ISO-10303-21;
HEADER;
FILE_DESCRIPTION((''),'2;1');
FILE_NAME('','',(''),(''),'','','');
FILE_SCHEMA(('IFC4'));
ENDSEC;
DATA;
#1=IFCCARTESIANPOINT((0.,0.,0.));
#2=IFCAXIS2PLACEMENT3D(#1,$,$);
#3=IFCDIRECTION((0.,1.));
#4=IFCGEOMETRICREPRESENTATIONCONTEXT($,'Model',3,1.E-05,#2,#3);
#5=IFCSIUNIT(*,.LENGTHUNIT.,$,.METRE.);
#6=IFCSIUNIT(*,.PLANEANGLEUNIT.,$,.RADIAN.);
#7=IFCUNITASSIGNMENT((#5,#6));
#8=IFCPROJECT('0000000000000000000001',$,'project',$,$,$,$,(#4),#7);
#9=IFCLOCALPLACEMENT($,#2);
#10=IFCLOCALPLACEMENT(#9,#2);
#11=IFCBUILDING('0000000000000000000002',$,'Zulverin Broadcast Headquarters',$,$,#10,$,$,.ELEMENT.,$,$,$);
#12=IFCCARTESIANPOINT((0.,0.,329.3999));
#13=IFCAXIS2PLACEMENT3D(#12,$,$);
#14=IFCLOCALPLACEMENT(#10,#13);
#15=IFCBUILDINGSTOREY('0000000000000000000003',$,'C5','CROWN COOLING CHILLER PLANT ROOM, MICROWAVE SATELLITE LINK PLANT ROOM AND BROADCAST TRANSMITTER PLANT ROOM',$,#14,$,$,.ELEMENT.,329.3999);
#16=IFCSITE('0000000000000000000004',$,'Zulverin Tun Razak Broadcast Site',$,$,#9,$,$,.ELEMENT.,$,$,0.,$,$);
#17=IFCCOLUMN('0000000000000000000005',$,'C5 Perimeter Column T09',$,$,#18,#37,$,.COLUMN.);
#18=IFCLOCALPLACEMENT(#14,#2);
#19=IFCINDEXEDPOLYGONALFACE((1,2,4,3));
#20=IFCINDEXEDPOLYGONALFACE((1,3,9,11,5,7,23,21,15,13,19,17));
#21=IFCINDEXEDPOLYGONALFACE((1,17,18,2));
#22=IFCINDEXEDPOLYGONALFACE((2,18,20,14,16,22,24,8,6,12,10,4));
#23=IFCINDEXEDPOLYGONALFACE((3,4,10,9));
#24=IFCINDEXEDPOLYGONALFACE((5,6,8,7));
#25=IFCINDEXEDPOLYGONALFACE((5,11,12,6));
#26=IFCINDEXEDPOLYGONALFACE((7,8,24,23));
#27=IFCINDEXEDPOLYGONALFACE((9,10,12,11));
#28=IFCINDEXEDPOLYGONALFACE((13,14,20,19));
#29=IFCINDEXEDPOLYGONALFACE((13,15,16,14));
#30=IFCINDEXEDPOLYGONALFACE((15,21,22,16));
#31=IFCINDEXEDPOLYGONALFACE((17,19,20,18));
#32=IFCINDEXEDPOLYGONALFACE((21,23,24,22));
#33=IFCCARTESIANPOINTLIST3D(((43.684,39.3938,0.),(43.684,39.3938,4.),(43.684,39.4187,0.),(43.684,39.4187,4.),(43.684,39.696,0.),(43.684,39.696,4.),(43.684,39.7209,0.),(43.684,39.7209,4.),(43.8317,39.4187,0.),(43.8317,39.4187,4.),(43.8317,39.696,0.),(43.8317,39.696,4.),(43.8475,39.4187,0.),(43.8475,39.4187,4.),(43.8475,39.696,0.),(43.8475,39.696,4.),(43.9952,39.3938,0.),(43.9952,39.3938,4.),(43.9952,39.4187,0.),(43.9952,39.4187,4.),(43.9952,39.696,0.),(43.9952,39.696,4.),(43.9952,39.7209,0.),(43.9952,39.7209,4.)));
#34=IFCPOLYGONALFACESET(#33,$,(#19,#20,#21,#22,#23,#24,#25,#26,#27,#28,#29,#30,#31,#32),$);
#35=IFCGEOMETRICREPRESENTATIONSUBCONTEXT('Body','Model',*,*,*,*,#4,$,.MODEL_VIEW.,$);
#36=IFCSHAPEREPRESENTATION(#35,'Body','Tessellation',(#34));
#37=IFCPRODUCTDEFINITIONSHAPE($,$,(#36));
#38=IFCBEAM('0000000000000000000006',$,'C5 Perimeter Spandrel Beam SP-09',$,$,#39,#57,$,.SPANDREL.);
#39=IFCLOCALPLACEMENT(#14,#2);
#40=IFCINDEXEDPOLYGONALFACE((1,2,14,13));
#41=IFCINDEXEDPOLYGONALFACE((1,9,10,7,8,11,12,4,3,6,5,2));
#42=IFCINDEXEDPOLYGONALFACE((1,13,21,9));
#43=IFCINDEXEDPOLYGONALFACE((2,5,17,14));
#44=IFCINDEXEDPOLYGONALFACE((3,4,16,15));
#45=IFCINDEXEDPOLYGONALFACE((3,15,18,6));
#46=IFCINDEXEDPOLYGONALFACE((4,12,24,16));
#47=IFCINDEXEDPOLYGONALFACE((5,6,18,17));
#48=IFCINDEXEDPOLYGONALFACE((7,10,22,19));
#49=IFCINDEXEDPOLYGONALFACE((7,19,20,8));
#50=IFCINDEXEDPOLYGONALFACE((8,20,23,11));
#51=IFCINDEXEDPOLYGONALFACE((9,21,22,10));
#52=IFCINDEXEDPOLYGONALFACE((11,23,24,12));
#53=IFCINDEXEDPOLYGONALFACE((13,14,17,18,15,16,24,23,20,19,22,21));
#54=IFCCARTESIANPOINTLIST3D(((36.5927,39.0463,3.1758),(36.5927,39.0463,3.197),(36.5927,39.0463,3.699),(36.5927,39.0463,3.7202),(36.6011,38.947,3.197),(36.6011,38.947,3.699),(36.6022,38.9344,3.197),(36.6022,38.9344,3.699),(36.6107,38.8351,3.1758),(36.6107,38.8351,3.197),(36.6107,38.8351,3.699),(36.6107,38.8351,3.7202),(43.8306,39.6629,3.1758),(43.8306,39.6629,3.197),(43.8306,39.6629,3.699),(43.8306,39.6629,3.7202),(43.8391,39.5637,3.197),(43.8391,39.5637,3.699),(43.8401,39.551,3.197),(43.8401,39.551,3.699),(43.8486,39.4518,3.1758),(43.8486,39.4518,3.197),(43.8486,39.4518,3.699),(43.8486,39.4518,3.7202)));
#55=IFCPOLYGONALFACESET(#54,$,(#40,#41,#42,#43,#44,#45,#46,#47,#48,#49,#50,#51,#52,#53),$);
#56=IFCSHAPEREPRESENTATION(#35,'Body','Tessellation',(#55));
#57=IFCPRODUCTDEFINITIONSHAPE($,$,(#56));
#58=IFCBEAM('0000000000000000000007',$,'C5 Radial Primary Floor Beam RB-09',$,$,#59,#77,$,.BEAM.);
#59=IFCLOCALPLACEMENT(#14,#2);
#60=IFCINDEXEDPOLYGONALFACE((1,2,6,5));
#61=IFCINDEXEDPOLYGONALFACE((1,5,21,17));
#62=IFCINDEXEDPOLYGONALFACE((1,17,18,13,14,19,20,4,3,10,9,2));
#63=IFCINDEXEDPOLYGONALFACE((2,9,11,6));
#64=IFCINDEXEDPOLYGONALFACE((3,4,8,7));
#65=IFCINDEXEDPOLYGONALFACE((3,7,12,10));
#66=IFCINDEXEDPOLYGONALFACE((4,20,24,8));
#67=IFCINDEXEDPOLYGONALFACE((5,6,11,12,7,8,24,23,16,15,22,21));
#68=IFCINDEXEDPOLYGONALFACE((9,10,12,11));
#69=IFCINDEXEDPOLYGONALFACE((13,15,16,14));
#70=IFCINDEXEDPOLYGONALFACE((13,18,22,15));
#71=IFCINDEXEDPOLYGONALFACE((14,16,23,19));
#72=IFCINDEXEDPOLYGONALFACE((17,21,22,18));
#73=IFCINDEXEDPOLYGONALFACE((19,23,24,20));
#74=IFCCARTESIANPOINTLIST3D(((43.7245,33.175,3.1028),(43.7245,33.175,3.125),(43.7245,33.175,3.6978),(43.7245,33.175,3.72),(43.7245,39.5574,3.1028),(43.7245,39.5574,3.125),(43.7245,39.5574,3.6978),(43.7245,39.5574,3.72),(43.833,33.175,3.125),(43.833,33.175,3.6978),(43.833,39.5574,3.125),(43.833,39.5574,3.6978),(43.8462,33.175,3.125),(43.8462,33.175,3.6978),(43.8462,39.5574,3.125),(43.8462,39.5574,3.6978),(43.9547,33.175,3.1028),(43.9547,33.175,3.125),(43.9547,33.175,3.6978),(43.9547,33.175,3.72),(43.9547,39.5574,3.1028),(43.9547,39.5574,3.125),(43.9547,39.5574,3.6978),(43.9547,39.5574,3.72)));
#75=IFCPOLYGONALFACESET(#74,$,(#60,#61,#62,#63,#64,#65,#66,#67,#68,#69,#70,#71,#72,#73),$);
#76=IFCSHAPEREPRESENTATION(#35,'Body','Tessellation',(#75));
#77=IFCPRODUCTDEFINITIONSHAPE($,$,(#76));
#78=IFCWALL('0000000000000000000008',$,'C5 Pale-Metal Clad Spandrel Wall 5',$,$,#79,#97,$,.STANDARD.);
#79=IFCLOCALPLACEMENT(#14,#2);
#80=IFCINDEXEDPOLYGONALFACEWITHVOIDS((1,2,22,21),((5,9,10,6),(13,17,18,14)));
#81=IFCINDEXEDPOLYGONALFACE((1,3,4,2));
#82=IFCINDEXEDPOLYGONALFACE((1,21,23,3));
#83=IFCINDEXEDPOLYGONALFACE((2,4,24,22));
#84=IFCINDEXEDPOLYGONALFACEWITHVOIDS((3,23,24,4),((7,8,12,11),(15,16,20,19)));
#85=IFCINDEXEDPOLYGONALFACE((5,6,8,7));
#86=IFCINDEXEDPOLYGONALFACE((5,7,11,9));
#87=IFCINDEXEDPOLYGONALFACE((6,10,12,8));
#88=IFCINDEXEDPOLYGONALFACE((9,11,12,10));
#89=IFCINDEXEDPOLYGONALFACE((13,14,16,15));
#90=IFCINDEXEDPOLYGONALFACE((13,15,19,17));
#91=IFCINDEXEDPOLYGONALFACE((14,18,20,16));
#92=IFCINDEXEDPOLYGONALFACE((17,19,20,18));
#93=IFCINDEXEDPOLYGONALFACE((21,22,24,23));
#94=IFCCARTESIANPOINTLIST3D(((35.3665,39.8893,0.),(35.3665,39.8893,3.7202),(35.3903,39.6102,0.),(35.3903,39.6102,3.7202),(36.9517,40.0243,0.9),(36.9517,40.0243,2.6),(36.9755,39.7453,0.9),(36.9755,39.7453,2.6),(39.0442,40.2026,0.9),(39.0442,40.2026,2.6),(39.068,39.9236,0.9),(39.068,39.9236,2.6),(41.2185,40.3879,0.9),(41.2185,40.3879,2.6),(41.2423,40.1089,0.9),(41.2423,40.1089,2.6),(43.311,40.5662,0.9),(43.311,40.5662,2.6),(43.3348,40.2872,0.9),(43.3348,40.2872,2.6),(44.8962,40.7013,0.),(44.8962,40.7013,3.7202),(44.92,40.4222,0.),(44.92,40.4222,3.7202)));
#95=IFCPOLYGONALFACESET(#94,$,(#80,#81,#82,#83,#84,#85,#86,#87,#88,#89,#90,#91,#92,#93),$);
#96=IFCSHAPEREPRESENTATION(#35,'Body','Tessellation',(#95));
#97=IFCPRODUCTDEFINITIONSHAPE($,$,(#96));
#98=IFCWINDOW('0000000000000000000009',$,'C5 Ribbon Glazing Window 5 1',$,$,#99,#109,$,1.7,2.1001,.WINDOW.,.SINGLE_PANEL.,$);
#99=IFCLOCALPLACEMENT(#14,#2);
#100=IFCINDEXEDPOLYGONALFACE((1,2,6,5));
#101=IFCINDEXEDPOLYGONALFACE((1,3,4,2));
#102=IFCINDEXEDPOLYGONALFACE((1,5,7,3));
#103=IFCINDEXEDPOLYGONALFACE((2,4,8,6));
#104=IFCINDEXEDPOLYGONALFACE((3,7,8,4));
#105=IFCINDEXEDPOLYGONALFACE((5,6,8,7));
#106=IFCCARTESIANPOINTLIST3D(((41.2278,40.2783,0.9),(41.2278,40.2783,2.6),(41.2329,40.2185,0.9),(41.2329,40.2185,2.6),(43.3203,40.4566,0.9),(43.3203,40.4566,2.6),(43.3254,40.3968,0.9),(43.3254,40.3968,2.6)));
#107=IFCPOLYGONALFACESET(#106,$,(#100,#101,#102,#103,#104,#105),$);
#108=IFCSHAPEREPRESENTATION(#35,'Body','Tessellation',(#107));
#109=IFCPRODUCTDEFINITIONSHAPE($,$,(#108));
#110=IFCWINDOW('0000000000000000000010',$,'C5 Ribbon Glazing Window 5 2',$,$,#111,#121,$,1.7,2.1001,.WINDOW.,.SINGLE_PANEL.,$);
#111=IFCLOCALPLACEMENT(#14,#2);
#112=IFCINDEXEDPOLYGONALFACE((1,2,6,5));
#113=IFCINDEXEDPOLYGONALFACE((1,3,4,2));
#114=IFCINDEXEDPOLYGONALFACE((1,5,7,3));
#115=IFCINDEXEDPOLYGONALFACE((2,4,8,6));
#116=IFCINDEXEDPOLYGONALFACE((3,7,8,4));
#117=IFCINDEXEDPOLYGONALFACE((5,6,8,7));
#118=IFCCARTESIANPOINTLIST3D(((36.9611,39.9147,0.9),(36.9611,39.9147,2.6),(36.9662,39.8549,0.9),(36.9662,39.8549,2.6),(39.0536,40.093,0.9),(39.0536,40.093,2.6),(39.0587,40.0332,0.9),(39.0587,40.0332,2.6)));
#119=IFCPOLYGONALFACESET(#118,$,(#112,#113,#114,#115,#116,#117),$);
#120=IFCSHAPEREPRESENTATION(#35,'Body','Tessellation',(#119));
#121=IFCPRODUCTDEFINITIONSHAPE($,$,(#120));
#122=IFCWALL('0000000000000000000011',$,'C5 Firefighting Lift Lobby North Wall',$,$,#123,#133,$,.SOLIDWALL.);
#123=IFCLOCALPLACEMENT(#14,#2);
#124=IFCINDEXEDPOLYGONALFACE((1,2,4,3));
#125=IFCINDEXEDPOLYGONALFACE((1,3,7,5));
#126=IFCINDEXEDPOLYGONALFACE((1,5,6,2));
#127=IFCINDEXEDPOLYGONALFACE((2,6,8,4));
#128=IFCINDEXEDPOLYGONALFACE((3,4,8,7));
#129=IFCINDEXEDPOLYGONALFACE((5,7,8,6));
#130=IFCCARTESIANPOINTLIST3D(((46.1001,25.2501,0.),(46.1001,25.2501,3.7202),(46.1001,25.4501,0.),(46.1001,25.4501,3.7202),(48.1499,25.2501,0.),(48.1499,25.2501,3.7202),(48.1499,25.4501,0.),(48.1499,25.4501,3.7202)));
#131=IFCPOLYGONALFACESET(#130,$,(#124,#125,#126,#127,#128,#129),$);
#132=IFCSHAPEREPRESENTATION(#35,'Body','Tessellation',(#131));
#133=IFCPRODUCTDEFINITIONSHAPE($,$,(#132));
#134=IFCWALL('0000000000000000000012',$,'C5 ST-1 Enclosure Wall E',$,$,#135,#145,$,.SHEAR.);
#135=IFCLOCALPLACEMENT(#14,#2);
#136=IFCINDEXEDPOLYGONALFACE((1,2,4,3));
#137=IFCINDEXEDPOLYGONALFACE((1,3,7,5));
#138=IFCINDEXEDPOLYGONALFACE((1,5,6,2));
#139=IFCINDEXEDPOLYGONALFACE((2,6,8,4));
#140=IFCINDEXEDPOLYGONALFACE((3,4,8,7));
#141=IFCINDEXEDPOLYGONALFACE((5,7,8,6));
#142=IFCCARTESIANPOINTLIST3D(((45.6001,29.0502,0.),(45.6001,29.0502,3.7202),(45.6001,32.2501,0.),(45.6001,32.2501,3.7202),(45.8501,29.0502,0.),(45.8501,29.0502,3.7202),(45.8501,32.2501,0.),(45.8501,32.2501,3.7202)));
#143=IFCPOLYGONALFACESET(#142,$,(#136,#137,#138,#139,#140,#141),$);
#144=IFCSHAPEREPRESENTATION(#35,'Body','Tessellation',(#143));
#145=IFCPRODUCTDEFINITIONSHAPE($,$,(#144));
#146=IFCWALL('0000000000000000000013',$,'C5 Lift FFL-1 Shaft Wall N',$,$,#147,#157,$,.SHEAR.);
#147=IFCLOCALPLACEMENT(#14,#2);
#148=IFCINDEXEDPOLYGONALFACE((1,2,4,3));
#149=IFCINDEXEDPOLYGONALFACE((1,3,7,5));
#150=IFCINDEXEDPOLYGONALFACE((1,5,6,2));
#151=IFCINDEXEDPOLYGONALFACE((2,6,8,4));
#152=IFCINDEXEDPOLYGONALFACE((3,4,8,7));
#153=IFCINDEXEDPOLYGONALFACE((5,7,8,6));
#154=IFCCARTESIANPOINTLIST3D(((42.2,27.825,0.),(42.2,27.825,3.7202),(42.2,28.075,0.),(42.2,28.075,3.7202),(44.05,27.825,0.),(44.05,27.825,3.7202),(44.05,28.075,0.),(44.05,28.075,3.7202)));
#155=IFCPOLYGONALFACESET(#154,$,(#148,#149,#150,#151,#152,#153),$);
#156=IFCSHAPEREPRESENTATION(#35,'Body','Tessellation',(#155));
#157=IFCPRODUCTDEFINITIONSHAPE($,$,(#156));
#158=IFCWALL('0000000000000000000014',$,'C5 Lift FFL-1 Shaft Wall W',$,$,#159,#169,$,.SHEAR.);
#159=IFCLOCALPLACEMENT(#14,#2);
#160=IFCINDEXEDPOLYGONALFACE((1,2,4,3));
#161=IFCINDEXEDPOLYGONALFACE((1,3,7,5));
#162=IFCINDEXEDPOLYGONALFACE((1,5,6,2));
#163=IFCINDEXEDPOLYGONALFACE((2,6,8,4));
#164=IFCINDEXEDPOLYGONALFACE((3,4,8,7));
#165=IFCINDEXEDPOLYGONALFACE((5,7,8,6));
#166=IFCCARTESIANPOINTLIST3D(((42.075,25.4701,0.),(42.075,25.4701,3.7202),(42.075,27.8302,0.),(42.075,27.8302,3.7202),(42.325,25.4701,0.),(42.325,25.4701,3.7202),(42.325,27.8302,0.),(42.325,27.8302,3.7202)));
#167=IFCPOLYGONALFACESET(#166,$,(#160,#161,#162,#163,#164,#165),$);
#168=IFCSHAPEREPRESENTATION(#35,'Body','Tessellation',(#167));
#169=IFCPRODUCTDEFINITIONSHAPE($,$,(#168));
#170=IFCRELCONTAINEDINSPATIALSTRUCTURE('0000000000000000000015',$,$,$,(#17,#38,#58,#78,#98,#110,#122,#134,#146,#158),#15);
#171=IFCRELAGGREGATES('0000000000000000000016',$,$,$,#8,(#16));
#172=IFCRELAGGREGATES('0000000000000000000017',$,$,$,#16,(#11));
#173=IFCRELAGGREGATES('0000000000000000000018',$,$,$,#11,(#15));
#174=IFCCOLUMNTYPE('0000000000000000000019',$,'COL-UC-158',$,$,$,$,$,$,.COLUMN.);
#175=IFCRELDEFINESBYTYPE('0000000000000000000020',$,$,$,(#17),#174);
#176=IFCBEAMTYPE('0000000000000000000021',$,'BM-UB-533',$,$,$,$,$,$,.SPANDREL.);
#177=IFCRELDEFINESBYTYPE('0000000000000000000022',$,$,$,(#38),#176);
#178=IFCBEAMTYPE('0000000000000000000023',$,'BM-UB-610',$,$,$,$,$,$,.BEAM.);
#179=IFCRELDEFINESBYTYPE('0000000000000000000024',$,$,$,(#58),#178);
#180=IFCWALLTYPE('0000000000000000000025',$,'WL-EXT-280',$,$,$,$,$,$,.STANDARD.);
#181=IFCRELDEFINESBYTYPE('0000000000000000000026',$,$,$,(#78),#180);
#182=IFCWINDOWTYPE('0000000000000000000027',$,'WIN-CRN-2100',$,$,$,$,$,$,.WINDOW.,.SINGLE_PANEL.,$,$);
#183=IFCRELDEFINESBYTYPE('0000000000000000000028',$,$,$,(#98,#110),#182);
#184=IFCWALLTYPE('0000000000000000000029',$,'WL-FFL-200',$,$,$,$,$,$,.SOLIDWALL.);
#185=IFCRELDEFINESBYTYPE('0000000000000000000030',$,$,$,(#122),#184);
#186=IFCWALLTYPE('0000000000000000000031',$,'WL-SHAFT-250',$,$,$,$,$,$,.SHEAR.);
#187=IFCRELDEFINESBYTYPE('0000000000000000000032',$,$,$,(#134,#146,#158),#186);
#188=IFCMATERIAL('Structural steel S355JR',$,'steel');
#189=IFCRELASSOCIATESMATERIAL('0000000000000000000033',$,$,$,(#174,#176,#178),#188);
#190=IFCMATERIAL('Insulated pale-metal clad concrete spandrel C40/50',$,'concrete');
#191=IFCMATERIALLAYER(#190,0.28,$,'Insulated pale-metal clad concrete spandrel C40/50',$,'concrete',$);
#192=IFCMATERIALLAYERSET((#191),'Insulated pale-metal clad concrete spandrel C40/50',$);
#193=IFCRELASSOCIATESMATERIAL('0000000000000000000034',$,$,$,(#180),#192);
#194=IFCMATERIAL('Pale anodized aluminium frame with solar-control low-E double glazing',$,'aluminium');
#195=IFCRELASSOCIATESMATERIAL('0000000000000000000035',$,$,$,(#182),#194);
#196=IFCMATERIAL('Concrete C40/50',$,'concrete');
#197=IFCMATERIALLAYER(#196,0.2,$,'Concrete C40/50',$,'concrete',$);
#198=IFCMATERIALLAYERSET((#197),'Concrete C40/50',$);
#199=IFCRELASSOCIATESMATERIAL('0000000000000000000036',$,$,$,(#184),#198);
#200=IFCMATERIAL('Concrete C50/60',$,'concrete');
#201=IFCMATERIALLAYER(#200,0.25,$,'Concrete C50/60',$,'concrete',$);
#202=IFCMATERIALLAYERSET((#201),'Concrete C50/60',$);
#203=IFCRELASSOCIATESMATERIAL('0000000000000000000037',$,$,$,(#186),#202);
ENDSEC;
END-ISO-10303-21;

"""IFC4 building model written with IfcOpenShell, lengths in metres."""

from ifc_helpers import new_model, si_unit, direction, frame, frame_2d, origin, origin_2d, place, context, subcontext, project, spatial, rectangle, i_section, extrude, material, layer, layer_set, material_profile, profile_set, type_object, element, fill, save


model = new_model("IFC4")

# Units and contexts
model_context = context("Model", 3, precision=1e-05, world=origin(), true_north=direction((0.0, 1.0)))
body_context = subcontext(model_context, "Body", "Model", "MODEL_VIEW")
ifc_project = project(units=[si_unit("LENGTHUNIT", "METRE"), si_unit("PLANEANGLEUNIT", "RADIAN")], contexts=[model_context])

# Site, building, storey
site_placement = place(None, origin())
site = spatial("IfcSite", under=ifc_project, at=site_placement, Name="Zulverin Tun Razak Broadcast Site", CompositionType="ELEMENT", RefElevation=0.0)
building_placement = place(site_placement, origin())
building = spatial("IfcBuilding", under=site, at=building_placement, Name="Zulverin Broadcast Headquarters", CompositionType="ELEMENT")
storey_placement = place(building_placement, frame((0.0, 0.0, 329.3999)))
storey = spatial("IfcBuildingStorey", under=building, at=storey_placement, Name="C5", Description="CROWN COOLING CHILLER PLANT ROOM, MICROWAVE SATELLITE LINK PLANT ROOM AND BROADCAST TRANSMITTER PLANT ROOM", CompositionType="ELEMENT", Elevation=329.3999)

# Column
ifc_material_1 = material(Name="Structural steel S355JR", Category="steel")
ifc_material_profile_1 = material_profile(ifc_material_1, i_section(OverallWidth=0.3113, OverallDepth=0.3271, WebThickness=0.0159, FlangeThickness=0.0249, at=origin_2d()), Name="Structural steel S355JR", Category="steel")
ifc_profile_set_1 = profile_set([ifc_material_profile_1], Name="Structural steel S355JR")
column_type = type_object("IfcColumnType", Name="COL-UC-158", PredefinedType="COLUMN", material=ifc_profile_set_1)
column_placement = place(storey_placement, frame((43.8396, 39.5574, 0.0), z_axis=(0.0, 0.0, 1.0), x_axis=(1.0, 0.0, 0.0)))
element("IfcColumn", 1, at=column_placement, inside=storey, type_object=column_type, Name="C5 Perimeter Column T09", PredefinedType="COLUMN", context=body_context, shape_type="SweptSolid", body=[
    extrude(i_section(OverallWidth=0.3113, OverallDepth=0.3271, WebThickness=0.0159, FlangeThickness=0.0249, at=origin_2d()), origin(), (0.0, 0.0, 1.0), 4.0),
])

# Beams
ifc_material_profile_2 = material_profile(ifc_material_1, i_section(OverallWidth=0.2119, OverallDepth=0.5444, WebThickness=0.0127, FlangeThickness=0.0212, at=origin_2d()), Name="Structural steel S355JR", Category="steel")
ifc_profile_set_2 = profile_set([ifc_material_profile_2], Name="Structural steel S355JR")
beam_type_1 = type_object("IfcBeamType", Name="BM-UB-533", PredefinedType="SPANDREL", material=ifc_profile_set_2)
beam_1_placement = place(storey_placement, frame((43.8396, 39.5574, 3.448), z_axis=(-0.99639, -0.084895, 0.0), x_axis=(0.084895, -0.99639, 0.0)))
element("IfcBeam", 2, at=beam_1_placement, inside=storey, type_object=beam_type_1, Name="C5 Perimeter Spandrel Beam SP-09", PredefinedType="SPANDREL", context=body_context, shape_type="SweptSolid", body=[
    extrude(i_section(OverallWidth=0.2119, OverallDepth=0.5444, WebThickness=0.0127, FlangeThickness=0.0212, at=origin_2d()), origin(), (0.0, 0.0, 1.0), 7.2642),
])
ifc_material_profile_3 = material_profile(ifc_material_1, i_section(OverallWidth=0.2302, OverallDepth=0.6172, WebThickness=0.0132, FlangeThickness=0.0222, at=origin_2d()), Name="Structural steel S355JR", Category="steel")
ifc_profile_set_3 = profile_set([ifc_material_profile_3], Name="Structural steel S355JR")
beam_type_2 = type_object("IfcBeamType", Name="BM-UB-610", PredefinedType="BEAM", material=ifc_profile_set_3)
beam_2_placement = place(storey_placement, frame((43.8396, 33.175, 3.4114), z_axis=(0.0, 1.0, 0.0), x_axis=(-1.0, 0.0, 0.0)))
element("IfcBeam", 3, at=beam_2_placement, inside=storey, type_object=beam_type_2, Name="C5 Radial Primary Floor Beam RB-09", PredefinedType="BEAM", context=body_context, shape_type="SweptSolid", body=[
    extrude(i_section(OverallWidth=0.2302, OverallDepth=0.6172, WebThickness=0.0132, FlangeThickness=0.0222, at=origin_2d()), origin(), (0.0, 0.0, 1.0), 6.3823),
])

# Wall, openings, windows
ifc_material_2 = material(Name="Insulated pale-metal clad concrete spandrel C40/50", Category="concrete")
ifc_layer_1 = layer(ifc_material_2, 0.28, Name="Insulated pale-metal clad concrete spandrel C40/50", Category="concrete")
ifc_layer_set_1 = layer_set([ifc_layer_1], Name="Insulated pale-metal clad concrete spandrel C40/50")
wall_type_1 = type_object("IfcWallType", Name="WL-EXT-280", PredefinedType="STANDARD", material=ifc_layer_set_1)
wall_1_placement = place(storey_placement, frame((44.9082, 40.5618, 0.0), z_axis=(0.0, 0.0, 1.0), x_axis=(-0.996389, -0.0849, 0.0)))
wall_1 = element("IfcWall", 4, at=wall_1_placement, inside=storey, type_object=wall_type_1, Name="C5 Pale-Metal Clad Spandrel Wall 5", PredefinedType="STANDARD", context=body_context, shape_type="SweptSolid", body=[
    extrude(rectangle(XDim=9.5642, YDim=0.28, at=frame_2d((4.7822, 0.0))), origin(), (0.0, 0.0, 1.0), 3.7202),
])
opening_1_placement = place(wall_1_placement, frame((1.5911, 0.0, 0.8999)))
opening_1 = element("IfcOpeningElement", 5, at=opening_1_placement, cuts=wall_1, PredefinedType="OPENING", context=body_context, shape_type="SweptSolid", body=[
    extrude(rectangle(XDim=2.1001, YDim=1.7, at=frame_2d((1.05, 0.8501))), frame((0.0, 0.1499, 0.0), z_axis=(0.0, -1.0, 0.0), x_axis=(1.0, 0.0, 0.0)), (0.0, 0.0, 1.0), 0.3),
])
opening_2_placement = place(wall_1_placement, frame((5.8733, 0.0, 0.8999)))
opening_2 = element("IfcOpeningElement", 6, at=opening_2_placement, cuts=wall_1, PredefinedType="OPENING", context=body_context, shape_type="SweptSolid", body=[
    extrude(rectangle(XDim=2.1001, YDim=1.7, at=frame_2d((1.05, 0.8501))), frame((0.0, 0.1499, 0.0), z_axis=(0.0, -1.0, 0.0), x_axis=(1.0, 0.0, 0.0)), (0.0, 0.0, 1.0), 0.3),
])
ifc_material_3 = material(Name="Pale anodized aluminium frame with solar-control low-E double glazing", Category="aluminium")
window_type = type_object("IfcWindowType", Name="WIN-CRN-2100", PartitioningType="SINGLE_PANEL", PredefinedType="WINDOW", material=ifc_material_3)
window_1_placement = place(opening_1_placement, origin())
window_1 = element("IfcWindow", 7, at=window_1_placement, inside=storey, type_object=window_type, Name="C5 Ribbon Glazing Window 5 1", OverallHeight=1.7, OverallWidth=2.1001, PartitioningType="SINGLE_PANEL", PredefinedType="WINDOW", context=body_context, shape_type="SweptSolid", body=[
    extrude(rectangle(XDim=2.1001, YDim=1.7, at=frame_2d((1.05, 0.8501))), frame((0.0, 0.03, 0.0), z_axis=(0.0, -1.0, 0.0), x_axis=(1.0, 0.0, 0.0)), (0.0, 0.0, 1.0), 0.0601),
])
fill(opening_1, window_1)
window_2_placement = place(opening_2_placement, origin())
window_2 = element("IfcWindow", 8, at=window_2_placement, inside=storey, type_object=window_type, Name="C5 Ribbon Glazing Window 5 2", OverallHeight=1.7, OverallWidth=2.1001, PartitioningType="SINGLE_PANEL", PredefinedType="WINDOW", context=body_context, shape_type="SweptSolid", body=[
    extrude(rectangle(XDim=2.1001, YDim=1.7, at=frame_2d((1.05, 0.8501))), frame((0.0, 0.03, 0.0), z_axis=(0.0, -1.0, 0.0), x_axis=(1.0, 0.0, 0.0)), (0.0, 0.0, 1.0), 0.0601),
])
fill(opening_2, window_2)

# Walls
ifc_material_4 = material(Name="Concrete C40/50", Category="concrete")
ifc_layer_2 = layer(ifc_material_4, 0.2, Name="Concrete C40/50", Category="concrete")
ifc_layer_set_2 = layer_set([ifc_layer_2], Name="Concrete C40/50")
wall_type_2 = type_object("IfcWallType", Name="WL-FFL-200", PredefinedType="SOLIDWALL", material=ifc_layer_set_2)
wall_2_placement = place(storey_placement, frame((46.1001, 25.3501, 0.0), z_axis=(0.0, 0.0, 1.0), x_axis=(1.0, 0.0, 0.0)))
element("IfcWall", 9, at=wall_2_placement, inside=storey, type_object=wall_type_2, Name="C5 Firefighting Lift Lobby North Wall", PredefinedType="SOLIDWALL", context=body_context, shape_type="SweptSolid", body=[
    extrude(rectangle(XDim=2.0498, YDim=0.2, at=frame_2d((1.0249, 0.0))), origin(), (0.0, 0.0, 1.0), 3.7202),
])
ifc_material_5 = material(Name="Concrete C50/60", Category="concrete")
ifc_layer_3 = layer(ifc_material_5, 0.25, Name="Concrete C50/60", Category="concrete")
ifc_layer_set_3 = layer_set([ifc_layer_3], Name="Concrete C50/60")
wall_type_3 = type_object("IfcWallType", Name="WL-SHAFT-250", PredefinedType="SHEAR", material=ifc_layer_set_3)
wall_3_placement = place(storey_placement, frame((45.7251, 29.05, 0.0), z_axis=(0.0, 0.0, 1.0), x_axis=(0.0, 1.0, 0.0)))
element("IfcWall", 10, at=wall_3_placement, inside=storey, type_object=wall_type_3, Name="C5 ST-1 Enclosure Wall E", PredefinedType="SHEAR", context=body_context, shape_type="SweptSolid", body=[
    extrude(rectangle(XDim=3.2, YDim=0.25, at=frame_2d((1.6001, 0.0))), origin(), (0.0, 0.0, 1.0), 3.7202),
])
wall_4_placement = place(storey_placement, frame((42.2, 27.95, 0.0), z_axis=(0.0, 0.0, 1.0), x_axis=(1.0, 0.0, 0.0)))
element("IfcWall", 11, at=wall_4_placement, inside=storey, type_object=wall_type_3, Name="C5 Lift FFL-1 Shaft Wall N", PredefinedType="SHEAR", context=body_context, shape_type="SweptSolid", body=[
    extrude(rectangle(XDim=1.8501, YDim=0.25, at=frame_2d((0.925, 0.0))), origin(), (0.0, 0.0, 1.0), 3.7202),
])
for number, where, z_axis, x_axis, name in (
    (12, (42.2, 25.47, 0.0), (0.0, 0.0, 1.0), (0.0, 1.0, 0.0), "C5 Lift FFL-1 Shaft Wall W"),
):
    element("IfcWall", number, at=place(storey_placement, frame(where, z_axis=z_axis, x_axis=x_axis)), inside=storey, type_object=wall_type_3, Name=name, PredefinedType="SHEAR", context=body_context, shape_type="SweptSolid", body=[
        extrude(rectangle(XDim=2.3601, YDim=0.25, at=frame_2d((1.1802, 0.0))), origin(), (0.0, 0.0, 1.0), 3.7202),
    ])

save(model, "model.ifc")
